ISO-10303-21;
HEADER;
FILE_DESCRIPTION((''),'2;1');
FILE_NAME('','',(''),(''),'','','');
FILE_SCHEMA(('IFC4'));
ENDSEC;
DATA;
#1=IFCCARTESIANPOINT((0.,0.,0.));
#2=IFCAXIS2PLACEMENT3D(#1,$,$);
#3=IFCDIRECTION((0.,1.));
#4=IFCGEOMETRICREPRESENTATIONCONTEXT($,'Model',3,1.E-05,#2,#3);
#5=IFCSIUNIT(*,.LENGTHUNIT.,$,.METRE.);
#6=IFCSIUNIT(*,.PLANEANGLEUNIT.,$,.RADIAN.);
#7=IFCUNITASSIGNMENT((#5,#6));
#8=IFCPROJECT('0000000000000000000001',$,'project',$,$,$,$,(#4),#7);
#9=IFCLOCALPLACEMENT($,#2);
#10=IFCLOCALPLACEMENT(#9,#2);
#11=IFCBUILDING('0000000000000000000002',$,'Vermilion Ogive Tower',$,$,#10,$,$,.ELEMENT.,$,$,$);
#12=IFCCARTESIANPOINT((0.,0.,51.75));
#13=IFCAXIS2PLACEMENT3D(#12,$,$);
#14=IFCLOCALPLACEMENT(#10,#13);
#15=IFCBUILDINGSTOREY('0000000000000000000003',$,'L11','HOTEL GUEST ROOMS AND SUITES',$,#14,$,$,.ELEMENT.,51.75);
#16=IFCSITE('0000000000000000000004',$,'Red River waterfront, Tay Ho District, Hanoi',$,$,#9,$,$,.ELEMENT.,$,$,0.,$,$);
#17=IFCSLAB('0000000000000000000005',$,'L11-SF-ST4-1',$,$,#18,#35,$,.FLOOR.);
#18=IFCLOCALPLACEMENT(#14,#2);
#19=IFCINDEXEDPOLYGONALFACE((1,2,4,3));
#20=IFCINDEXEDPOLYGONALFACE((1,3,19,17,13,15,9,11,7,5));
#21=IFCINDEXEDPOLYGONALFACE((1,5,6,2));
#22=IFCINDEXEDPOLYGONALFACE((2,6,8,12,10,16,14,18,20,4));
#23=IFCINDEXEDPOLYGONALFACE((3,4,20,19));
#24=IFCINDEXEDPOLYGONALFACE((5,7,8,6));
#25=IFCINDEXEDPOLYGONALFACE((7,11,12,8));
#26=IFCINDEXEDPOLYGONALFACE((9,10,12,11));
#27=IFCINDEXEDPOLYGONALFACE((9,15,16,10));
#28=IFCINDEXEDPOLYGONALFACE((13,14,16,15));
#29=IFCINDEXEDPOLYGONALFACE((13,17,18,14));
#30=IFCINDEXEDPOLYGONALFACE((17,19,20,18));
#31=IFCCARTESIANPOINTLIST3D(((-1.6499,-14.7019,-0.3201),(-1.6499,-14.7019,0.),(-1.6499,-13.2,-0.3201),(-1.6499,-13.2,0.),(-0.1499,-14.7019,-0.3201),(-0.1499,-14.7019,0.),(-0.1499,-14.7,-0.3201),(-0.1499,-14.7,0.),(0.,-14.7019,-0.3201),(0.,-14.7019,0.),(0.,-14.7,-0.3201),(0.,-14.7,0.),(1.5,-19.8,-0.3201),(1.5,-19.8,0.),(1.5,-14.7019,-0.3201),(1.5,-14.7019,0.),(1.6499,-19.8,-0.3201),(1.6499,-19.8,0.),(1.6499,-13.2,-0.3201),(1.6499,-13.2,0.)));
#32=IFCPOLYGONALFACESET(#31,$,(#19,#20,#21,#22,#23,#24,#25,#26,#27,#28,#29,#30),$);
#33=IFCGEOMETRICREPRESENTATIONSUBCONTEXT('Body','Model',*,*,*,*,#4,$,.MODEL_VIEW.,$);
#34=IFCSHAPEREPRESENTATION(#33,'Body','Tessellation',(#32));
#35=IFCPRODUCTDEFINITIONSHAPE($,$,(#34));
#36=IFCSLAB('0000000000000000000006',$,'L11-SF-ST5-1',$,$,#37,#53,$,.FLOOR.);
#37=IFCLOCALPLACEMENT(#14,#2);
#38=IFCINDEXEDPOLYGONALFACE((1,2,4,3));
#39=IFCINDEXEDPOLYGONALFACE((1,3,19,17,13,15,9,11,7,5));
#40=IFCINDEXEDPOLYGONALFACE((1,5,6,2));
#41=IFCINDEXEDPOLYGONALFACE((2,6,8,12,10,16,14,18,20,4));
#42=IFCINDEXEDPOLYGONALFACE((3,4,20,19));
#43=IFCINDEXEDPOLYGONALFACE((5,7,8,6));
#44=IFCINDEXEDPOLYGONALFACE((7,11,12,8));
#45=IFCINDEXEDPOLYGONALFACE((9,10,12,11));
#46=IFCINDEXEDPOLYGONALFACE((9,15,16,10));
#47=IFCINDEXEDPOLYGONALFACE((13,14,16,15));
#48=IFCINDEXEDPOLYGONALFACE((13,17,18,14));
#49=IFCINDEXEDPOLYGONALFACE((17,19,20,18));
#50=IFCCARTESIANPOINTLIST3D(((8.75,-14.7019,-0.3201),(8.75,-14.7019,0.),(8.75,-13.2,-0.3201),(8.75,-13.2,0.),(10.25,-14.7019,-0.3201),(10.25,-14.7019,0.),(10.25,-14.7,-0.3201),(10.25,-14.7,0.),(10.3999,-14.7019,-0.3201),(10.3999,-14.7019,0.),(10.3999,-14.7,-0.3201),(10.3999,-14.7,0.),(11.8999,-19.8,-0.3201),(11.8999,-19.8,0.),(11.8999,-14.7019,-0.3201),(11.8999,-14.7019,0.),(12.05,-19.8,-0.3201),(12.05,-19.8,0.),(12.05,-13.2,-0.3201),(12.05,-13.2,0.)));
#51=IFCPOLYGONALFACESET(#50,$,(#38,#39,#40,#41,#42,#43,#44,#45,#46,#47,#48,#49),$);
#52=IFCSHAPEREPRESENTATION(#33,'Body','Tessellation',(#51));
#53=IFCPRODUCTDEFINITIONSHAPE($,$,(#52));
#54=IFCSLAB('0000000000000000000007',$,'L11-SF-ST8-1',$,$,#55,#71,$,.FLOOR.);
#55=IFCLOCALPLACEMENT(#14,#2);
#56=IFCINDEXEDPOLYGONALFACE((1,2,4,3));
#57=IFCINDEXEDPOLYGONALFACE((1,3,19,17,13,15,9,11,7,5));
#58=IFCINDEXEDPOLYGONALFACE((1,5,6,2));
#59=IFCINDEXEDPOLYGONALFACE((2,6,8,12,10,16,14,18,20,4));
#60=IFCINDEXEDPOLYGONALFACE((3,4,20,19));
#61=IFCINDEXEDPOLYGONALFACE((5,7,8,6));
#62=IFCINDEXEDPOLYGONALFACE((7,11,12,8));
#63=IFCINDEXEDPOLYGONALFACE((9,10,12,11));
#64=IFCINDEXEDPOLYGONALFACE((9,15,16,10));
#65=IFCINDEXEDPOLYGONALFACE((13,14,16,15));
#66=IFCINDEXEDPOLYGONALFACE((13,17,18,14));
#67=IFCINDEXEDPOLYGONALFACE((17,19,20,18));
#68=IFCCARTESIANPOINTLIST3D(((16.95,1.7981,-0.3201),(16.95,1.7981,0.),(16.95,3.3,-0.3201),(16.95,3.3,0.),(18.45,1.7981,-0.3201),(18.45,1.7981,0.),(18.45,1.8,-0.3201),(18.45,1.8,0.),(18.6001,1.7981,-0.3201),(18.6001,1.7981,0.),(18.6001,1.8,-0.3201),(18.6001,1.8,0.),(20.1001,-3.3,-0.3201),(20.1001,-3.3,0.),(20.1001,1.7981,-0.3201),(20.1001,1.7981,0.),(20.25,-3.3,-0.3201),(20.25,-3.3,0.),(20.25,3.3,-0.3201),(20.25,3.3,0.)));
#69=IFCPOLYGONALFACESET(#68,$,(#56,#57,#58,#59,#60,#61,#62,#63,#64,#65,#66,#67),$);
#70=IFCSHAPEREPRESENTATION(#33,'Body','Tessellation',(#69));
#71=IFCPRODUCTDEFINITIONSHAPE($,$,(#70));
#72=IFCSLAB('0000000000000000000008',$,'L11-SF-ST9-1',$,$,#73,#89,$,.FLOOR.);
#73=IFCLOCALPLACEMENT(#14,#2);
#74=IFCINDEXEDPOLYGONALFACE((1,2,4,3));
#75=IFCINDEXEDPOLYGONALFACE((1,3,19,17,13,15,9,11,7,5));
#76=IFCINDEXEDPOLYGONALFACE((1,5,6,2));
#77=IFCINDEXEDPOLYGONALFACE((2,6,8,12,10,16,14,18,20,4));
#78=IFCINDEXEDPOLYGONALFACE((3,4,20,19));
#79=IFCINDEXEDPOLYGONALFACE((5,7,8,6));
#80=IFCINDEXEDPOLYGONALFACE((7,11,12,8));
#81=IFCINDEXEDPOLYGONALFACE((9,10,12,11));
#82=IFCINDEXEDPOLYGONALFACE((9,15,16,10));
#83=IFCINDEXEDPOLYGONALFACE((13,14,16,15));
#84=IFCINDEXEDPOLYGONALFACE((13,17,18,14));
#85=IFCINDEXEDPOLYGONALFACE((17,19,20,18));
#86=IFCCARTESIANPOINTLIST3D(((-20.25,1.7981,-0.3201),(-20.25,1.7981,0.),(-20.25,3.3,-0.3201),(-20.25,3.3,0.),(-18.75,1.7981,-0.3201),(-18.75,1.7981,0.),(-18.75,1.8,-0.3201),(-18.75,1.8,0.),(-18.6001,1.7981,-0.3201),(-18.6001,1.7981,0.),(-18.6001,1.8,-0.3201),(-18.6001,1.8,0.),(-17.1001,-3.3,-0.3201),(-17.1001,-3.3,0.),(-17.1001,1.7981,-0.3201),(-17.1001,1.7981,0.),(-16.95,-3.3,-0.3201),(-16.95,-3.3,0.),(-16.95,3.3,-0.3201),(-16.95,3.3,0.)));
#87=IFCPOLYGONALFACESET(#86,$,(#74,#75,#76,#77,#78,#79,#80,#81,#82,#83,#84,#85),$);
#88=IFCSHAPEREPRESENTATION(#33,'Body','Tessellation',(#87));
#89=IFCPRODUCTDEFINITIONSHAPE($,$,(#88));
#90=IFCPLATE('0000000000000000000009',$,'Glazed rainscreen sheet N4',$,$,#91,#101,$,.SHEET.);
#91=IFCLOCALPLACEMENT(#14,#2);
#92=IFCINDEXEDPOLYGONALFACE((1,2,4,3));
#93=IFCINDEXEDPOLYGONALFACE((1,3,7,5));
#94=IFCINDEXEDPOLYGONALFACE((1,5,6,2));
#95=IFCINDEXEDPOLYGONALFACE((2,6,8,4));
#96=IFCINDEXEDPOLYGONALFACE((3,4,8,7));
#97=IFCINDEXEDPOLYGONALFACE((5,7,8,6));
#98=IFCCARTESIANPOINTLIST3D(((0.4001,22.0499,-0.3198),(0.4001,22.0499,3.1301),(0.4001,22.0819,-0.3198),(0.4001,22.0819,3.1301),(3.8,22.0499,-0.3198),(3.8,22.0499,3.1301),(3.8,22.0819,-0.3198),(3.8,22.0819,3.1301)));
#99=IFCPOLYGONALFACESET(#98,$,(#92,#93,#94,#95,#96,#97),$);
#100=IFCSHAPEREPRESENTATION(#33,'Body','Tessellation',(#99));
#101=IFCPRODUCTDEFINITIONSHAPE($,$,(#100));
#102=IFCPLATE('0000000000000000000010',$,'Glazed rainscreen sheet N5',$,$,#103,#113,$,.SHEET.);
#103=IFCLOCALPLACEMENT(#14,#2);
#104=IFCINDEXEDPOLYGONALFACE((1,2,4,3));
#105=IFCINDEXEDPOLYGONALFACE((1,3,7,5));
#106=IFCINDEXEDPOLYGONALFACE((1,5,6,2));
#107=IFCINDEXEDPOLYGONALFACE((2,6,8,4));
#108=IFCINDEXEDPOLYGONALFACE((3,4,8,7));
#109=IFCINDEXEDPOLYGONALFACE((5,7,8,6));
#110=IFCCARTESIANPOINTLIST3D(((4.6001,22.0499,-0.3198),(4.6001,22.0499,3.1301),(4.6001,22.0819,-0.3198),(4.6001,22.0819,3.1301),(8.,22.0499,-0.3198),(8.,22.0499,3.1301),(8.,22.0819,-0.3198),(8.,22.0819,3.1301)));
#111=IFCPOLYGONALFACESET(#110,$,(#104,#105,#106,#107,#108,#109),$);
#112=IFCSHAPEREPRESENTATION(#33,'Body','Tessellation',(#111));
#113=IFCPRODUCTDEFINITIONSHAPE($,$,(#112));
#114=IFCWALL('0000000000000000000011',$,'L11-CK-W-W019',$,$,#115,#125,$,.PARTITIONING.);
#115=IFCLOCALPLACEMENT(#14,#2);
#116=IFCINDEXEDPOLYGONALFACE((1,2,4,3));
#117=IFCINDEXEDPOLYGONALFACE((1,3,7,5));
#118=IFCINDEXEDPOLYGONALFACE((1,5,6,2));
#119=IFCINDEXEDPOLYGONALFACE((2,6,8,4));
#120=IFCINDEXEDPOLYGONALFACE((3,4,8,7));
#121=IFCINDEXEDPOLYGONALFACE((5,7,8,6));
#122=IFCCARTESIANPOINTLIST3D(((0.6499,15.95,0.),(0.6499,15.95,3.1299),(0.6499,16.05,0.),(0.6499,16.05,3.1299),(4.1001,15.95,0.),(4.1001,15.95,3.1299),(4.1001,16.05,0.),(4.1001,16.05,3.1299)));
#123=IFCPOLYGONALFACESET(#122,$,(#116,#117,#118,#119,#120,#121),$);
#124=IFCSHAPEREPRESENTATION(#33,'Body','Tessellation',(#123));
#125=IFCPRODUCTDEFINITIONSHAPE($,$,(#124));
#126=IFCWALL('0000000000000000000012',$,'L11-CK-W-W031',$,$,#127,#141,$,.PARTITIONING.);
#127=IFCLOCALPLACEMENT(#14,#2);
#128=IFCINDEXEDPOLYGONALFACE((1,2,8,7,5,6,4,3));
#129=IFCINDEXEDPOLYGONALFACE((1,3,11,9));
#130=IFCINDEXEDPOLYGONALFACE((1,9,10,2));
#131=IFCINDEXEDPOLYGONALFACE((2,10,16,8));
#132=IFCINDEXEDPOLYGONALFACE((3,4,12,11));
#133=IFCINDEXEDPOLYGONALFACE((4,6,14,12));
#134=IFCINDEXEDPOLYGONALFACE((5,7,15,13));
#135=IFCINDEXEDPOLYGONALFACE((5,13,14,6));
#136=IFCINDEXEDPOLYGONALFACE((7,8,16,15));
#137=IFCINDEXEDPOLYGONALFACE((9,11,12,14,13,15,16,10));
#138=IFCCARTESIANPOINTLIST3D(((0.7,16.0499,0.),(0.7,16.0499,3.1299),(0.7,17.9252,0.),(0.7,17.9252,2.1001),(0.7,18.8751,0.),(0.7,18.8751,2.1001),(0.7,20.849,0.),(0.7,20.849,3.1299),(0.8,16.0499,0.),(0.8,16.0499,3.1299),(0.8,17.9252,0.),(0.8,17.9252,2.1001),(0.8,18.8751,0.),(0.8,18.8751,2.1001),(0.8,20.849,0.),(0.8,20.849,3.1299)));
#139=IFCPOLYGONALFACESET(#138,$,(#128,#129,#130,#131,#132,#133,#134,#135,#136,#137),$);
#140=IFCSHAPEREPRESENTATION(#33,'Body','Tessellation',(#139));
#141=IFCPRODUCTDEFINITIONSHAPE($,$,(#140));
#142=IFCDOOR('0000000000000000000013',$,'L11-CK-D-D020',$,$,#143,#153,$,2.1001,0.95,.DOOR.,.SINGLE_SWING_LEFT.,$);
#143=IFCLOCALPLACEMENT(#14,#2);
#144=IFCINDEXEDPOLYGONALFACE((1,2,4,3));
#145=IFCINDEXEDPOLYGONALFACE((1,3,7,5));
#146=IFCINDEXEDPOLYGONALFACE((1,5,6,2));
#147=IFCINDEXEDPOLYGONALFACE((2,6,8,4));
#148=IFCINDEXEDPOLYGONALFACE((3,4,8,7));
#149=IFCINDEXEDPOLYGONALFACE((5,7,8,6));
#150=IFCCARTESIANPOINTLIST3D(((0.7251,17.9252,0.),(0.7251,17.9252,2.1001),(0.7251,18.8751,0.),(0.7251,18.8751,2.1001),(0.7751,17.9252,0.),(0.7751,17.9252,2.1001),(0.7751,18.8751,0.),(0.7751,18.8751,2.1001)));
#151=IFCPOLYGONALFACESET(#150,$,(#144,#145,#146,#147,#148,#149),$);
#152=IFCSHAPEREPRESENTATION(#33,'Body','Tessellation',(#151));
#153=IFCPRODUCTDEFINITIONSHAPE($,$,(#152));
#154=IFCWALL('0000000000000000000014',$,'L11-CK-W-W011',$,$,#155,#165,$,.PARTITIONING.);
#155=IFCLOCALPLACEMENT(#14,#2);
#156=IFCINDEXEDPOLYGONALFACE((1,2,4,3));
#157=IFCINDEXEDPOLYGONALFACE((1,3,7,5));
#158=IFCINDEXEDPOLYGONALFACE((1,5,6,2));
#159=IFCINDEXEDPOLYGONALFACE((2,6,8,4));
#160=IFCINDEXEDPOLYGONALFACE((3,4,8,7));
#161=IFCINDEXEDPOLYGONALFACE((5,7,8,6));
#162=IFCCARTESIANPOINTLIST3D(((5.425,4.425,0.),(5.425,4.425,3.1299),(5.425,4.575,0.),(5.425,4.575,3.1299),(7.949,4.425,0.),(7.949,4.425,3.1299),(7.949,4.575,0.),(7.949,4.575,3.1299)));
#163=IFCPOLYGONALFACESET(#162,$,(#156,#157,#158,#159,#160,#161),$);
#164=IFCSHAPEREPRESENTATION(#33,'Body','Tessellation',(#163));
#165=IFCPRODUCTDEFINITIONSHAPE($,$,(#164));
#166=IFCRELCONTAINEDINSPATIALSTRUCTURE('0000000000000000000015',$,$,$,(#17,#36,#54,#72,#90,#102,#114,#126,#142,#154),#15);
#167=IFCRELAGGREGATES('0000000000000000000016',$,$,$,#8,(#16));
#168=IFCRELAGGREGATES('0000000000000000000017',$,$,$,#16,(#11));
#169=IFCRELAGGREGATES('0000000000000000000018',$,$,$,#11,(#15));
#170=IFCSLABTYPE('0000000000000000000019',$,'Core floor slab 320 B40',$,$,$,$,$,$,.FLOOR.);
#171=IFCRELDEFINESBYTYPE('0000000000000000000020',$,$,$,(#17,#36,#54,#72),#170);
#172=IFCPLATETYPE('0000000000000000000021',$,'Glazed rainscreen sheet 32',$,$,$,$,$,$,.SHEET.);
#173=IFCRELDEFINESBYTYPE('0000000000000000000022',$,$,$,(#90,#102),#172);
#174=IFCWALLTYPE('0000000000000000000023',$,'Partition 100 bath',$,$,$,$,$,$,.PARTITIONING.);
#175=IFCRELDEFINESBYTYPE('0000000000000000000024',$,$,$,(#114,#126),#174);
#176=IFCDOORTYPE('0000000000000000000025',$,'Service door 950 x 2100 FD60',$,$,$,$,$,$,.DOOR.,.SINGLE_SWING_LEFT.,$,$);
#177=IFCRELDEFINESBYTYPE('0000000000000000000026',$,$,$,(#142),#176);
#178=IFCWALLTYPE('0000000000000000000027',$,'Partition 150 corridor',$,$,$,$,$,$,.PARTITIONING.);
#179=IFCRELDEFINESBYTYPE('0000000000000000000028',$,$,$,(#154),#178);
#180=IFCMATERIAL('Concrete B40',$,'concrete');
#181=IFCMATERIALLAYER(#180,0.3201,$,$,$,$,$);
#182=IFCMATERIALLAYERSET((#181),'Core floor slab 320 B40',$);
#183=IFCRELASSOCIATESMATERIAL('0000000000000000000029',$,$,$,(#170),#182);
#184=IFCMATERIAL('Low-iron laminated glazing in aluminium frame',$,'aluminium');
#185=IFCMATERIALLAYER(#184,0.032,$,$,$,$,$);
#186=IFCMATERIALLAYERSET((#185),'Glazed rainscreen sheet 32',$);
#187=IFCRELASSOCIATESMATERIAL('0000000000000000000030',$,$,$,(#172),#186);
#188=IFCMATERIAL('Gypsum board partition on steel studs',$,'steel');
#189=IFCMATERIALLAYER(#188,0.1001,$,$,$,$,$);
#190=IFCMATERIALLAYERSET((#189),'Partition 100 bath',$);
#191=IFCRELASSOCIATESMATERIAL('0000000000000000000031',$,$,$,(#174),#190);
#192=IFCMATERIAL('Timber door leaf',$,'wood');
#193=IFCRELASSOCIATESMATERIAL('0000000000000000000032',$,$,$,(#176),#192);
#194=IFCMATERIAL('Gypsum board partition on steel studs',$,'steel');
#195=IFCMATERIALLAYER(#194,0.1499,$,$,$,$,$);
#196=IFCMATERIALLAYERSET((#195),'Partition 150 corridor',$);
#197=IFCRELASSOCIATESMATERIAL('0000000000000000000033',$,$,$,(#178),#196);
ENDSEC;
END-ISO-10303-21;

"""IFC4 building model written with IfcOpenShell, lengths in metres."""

from ifc_helpers import new_model, si_unit, direction, frame, frame_2d, origin, origin_2d, place, context, subcontext, project, spatial, polyline, rectangle, outline, extrude, material, layer, layer_set, type_object, element, fill, save


model = new_model("IFC4")

# Units and contexts
model_context = context("Model", 3, precision=1e-05, world=origin(), true_north=direction((0.0, 1.0)))
body_context = subcontext(model_context, "Body", "Model", "MODEL_VIEW")
ifc_project = project(units=[si_unit("LENGTHUNIT", "METRE"), si_unit("PLANEANGLEUNIT", "RADIAN")], contexts=[model_context])

# Site, building, storey
site_placement = place(None, origin())
site = spatial("IfcSite", under=ifc_project, at=site_placement, Name="Red River waterfront, Tay Ho District, Hanoi", CompositionType="ELEMENT", RefElevation=0.0)
building_placement = place(site_placement, origin())
building = spatial("IfcBuilding", under=site, at=building_placement, Name="Vermilion Ogive Tower", CompositionType="ELEMENT")
storey_placement = place(building_placement, frame((0.0, 0.0, 51.75)))
storey = spatial("IfcBuildingStorey", under=building, at=storey_placement, Name="L11", Description="HOTEL GUEST ROOMS AND SUITES", CompositionType="ELEMENT", Elevation=51.75)

# Slabs
ifc_material_1 = material(Name="Concrete B40", Category="concrete")
ifc_layer_1 = layer(ifc_material_1, 0.3201)
ifc_layer_set_1 = layer_set([ifc_layer_1], Name="Core floor slab 320 B40")
slab_type = type_object("IfcSlabType", Name="Core floor slab 320 B40", PredefinedType="FLOOR", material=ifc_layer_set_1)
slab_1_placement = place(storey_placement, frame((0.0, 0.0, -0.3201)))
element("IfcSlab", 1, at=slab_1_placement, inside=storey, type_object=slab_type, Name="L11-SF-ST4-1", PredefinedType="FLOOR", context=body_context, shape_type="SweptSolid", body=[
    extrude(outline(polyline([(-1.6499, -13.2), (-1.6499, -14.7019), (-0.1499, -14.7019), (-0.1499, -14.7), (0.0, -14.7), (0.0, -14.7019), (1.5, -14.7019), (1.5, -19.8), (1.6499, -19.8), (1.6499, -13.2), (-1.6499, -13.2)])), origin(), (0.0, 0.0, 1.0), 0.3201),
])
slab_2_placement = place(storey_placement, frame((0.0, 0.0, -0.3201)))
element("IfcSlab", 2, at=slab_2_placement, inside=storey, type_object=slab_type, Name="L11-SF-ST5-1", PredefinedType="FLOOR", context=body_context, shape_type="SweptSolid", body=[
    extrude(outline(polyline([(8.75, -13.2), (8.75, -14.7019), (10.25, -14.7019), (10.25, -14.7), (10.3999, -14.7), (10.3999, -14.7019), (11.8999, -14.7019), (11.8999, -19.8), (12.05, -19.8), (12.05, -13.2), (8.75, -13.2)])), origin(), (0.0, 0.0, 1.0), 0.3201),
])
slab_3_placement = place(storey_placement, frame((0.0, 0.0, -0.3201)))
element("IfcSlab", 3, at=slab_3_placement, inside=storey, type_object=slab_type, Name="L11-SF-ST8-1", PredefinedType="FLOOR", context=body_context, shape_type="SweptSolid", body=[
    extrude(outline(polyline([(16.95, 3.3), (16.95, 1.7981), (18.45, 1.7981), (18.45, 1.8), (18.6001, 1.8), (18.6001, 1.7981), (20.1001, 1.7981), (20.1001, -3.3), (20.25, -3.3), (20.25, 3.3), (16.95, 3.3)])), origin(), (0.0, 0.0, 1.0), 0.3201),
])
slab_4_placement = place(storey_placement, frame((0.0, 0.0, -0.3201)))
element("IfcSlab", 4, at=slab_4_placement, inside=storey, type_object=slab_type, Name="L11-SF-ST9-1", PredefinedType="FLOOR", context=body_context, shape_type="SweptSolid", body=[
    extrude(outline(polyline([(-20.25, 3.3), (-20.25, 1.7981), (-18.75, 1.7981), (-18.75, 1.8), (-18.6001, 1.8), (-18.6001, 1.7981), (-17.1001, 1.7981), (-17.1001, -3.3), (-16.95, -3.3), (-16.95, 3.3), (-20.25, 3.3)])), origin(), (0.0, 0.0, 1.0), 0.3201),
])

# Plates
ifc_material_2 = material(Name="Low-iron laminated glazing in aluminium frame", Category="aluminium")
ifc_layer_2 = layer(ifc_material_2, 0.032)
ifc_layer_set_2 = layer_set([ifc_layer_2], Name="Glazed rainscreen sheet 32")
plate_type = type_object("IfcPlateType", Name="Glazed rainscreen sheet 32", PredefinedType="SHEET", material=ifc_layer_set_2)
for number, where, z_axis, x_axis, name in (
    (5, (2.1001, 22.0659, -0.3198), (0.0, 0.0, 1.0), (1.0, 0.0, 0.0), "Glazed rainscreen sheet N4"),
    (6, (6.3, 22.0659, -0.3198), (0.0, 0.0, 1.0), (1.0, 0.0, 0.0), "Glazed rainscreen sheet N5"),
):
    element("IfcPlate", number, at=place(storey_placement, frame(where, z_axis=z_axis, x_axis=x_axis)), inside=storey, type_object=plate_type, Name=name, PredefinedType="SHEET", context=body_context, shape_type="SweptSolid", body=[
        extrude(rectangle(XDim=3.3999, YDim=0.032, at=origin_2d()), origin(), (0.0, 0.0, 1.0), 3.45),
    ])

# Wall
ifc_material_3 = material(Name="Gypsum board partition on steel studs", Category="steel")
ifc_layer_3 = layer(ifc_material_3, 0.1001)
ifc_layer_set_3 = layer_set([ifc_layer_3], Name="Partition 100 bath")
wall_type_1 = type_object("IfcWallType", Name="Partition 100 bath", PredefinedType="PARTITIONING", material=ifc_layer_set_3)
wall_1_placement = place(storey_placement, frame((0.6499, 16.0, 0.0), z_axis=(0.0, 0.0, 1.0), x_axis=(1.0, 0.0, 0.0)))
element("IfcWall", 7, at=wall_1_placement, inside=storey, type_object=wall_type_1, Name="L11-CK-W-W019", PredefinedType="PARTITIONING", context=body_context, shape_type="SweptSolid", body=[
    extrude(rectangle(XDim=3.4502, YDim=0.1001, at=frame_2d((1.7251, 0.0))), origin(), (0.0, 0.0, 1.0), 3.1299),
])

# Wall, opening, door
wall_2_placement = place(storey_placement, frame((0.75, 16.05, 0.0), z_axis=(0.0, 0.0, 1.0), x_axis=(0.0, 1.0, 0.0)))
wall_2 = element("IfcWall", 8, at=wall_2_placement, inside=storey, type_object=wall_type_1, Name="L11-CK-W-W031", PredefinedType="PARTITIONING", context=body_context, shape_type="SweptSolid", body=[
    extrude(rectangle(XDim=4.7991, YDim=0.1001, at=frame_2d((2.3994, 0.0))), origin(), (0.0, 0.0, 1.0), 3.1299),
])
opening_1_placement = place(wall_2_placement, frame((1.875, 0.0, 0.0)))
opening_1 = element("IfcOpeningElement", 9, at=opening_1_placement, cuts=wall_2, PredefinedType="OPENING", context=body_context, shape_type="SweptSolid", body=[
    extrude(rectangle(XDim=0.95, YDim=2.1001, at=frame_2d((0.4751, 1.05))), frame((0.0, 0.0601, 0.0), z_axis=(0.0, -1.0, 0.0), x_axis=(1.0, 0.0, 0.0)), (0.0, 0.0, 1.0), 0.1201),
])
ifc_material_4 = material(Name="Timber door leaf", Category="wood")
door_type_1 = type_object("IfcDoorType", Name="Service door 950 x 2100 FD60", OperationType="SINGLE_SWING_LEFT", PredefinedType="DOOR", material=ifc_material_4)
door_1_placement = place(opening_1_placement, origin())
door_1 = element("IfcDoor", 10, at=door_1_placement, inside=storey, type_object=door_type_1, Name="L11-CK-D-D020", OperationType="SINGLE_SWING_LEFT", OverallHeight=2.1001, OverallWidth=0.95, PredefinedType="DOOR", context=body_context, shape_type="SweptSolid", body=[
    extrude(rectangle(XDim=0.95, YDim=2.1001, at=frame_2d((0.4751, 1.05))), frame((0.0, 0.0249, 0.0), z_axis=(0.0, -1.0, 0.0), x_axis=(1.0, 0.0, 0.0)), (0.0, 0.0, 1.0), 0.05),
])
fill(opening_1, door_1)

# Wall
ifc_material_5 = material(Name="Gypsum board partition on steel studs", Category="steel")
ifc_layer_4 = layer(ifc_material_5, 0.1499)
ifc_layer_set_4 = layer_set([ifc_layer_4], Name="Partition 150 corridor")
wall_type_2 = type_object("IfcWallType", Name="Partition 150 corridor", PredefinedType="PARTITIONING", material=ifc_layer_set_4)
wall_3_placement = place(storey_placement, frame((5.425, 4.5, 0.0), z_axis=(0.0, 0.0, 1.0), x_axis=(1.0, 0.0, 0.0)))
element("IfcWall", 11, at=wall_3_placement, inside=storey, type_object=wall_type_2, Name="L11-CK-W-W011", PredefinedType="PARTITIONING", context=body_context, shape_type="SweptSolid", body=[
    extrude(rectangle(XDim=2.5239, YDim=0.1499, at=frame_2d((1.262, 0.0))), origin(), (0.0, 0.0, 1.0), 3.1299),
])

save(model, "model.ifc")
